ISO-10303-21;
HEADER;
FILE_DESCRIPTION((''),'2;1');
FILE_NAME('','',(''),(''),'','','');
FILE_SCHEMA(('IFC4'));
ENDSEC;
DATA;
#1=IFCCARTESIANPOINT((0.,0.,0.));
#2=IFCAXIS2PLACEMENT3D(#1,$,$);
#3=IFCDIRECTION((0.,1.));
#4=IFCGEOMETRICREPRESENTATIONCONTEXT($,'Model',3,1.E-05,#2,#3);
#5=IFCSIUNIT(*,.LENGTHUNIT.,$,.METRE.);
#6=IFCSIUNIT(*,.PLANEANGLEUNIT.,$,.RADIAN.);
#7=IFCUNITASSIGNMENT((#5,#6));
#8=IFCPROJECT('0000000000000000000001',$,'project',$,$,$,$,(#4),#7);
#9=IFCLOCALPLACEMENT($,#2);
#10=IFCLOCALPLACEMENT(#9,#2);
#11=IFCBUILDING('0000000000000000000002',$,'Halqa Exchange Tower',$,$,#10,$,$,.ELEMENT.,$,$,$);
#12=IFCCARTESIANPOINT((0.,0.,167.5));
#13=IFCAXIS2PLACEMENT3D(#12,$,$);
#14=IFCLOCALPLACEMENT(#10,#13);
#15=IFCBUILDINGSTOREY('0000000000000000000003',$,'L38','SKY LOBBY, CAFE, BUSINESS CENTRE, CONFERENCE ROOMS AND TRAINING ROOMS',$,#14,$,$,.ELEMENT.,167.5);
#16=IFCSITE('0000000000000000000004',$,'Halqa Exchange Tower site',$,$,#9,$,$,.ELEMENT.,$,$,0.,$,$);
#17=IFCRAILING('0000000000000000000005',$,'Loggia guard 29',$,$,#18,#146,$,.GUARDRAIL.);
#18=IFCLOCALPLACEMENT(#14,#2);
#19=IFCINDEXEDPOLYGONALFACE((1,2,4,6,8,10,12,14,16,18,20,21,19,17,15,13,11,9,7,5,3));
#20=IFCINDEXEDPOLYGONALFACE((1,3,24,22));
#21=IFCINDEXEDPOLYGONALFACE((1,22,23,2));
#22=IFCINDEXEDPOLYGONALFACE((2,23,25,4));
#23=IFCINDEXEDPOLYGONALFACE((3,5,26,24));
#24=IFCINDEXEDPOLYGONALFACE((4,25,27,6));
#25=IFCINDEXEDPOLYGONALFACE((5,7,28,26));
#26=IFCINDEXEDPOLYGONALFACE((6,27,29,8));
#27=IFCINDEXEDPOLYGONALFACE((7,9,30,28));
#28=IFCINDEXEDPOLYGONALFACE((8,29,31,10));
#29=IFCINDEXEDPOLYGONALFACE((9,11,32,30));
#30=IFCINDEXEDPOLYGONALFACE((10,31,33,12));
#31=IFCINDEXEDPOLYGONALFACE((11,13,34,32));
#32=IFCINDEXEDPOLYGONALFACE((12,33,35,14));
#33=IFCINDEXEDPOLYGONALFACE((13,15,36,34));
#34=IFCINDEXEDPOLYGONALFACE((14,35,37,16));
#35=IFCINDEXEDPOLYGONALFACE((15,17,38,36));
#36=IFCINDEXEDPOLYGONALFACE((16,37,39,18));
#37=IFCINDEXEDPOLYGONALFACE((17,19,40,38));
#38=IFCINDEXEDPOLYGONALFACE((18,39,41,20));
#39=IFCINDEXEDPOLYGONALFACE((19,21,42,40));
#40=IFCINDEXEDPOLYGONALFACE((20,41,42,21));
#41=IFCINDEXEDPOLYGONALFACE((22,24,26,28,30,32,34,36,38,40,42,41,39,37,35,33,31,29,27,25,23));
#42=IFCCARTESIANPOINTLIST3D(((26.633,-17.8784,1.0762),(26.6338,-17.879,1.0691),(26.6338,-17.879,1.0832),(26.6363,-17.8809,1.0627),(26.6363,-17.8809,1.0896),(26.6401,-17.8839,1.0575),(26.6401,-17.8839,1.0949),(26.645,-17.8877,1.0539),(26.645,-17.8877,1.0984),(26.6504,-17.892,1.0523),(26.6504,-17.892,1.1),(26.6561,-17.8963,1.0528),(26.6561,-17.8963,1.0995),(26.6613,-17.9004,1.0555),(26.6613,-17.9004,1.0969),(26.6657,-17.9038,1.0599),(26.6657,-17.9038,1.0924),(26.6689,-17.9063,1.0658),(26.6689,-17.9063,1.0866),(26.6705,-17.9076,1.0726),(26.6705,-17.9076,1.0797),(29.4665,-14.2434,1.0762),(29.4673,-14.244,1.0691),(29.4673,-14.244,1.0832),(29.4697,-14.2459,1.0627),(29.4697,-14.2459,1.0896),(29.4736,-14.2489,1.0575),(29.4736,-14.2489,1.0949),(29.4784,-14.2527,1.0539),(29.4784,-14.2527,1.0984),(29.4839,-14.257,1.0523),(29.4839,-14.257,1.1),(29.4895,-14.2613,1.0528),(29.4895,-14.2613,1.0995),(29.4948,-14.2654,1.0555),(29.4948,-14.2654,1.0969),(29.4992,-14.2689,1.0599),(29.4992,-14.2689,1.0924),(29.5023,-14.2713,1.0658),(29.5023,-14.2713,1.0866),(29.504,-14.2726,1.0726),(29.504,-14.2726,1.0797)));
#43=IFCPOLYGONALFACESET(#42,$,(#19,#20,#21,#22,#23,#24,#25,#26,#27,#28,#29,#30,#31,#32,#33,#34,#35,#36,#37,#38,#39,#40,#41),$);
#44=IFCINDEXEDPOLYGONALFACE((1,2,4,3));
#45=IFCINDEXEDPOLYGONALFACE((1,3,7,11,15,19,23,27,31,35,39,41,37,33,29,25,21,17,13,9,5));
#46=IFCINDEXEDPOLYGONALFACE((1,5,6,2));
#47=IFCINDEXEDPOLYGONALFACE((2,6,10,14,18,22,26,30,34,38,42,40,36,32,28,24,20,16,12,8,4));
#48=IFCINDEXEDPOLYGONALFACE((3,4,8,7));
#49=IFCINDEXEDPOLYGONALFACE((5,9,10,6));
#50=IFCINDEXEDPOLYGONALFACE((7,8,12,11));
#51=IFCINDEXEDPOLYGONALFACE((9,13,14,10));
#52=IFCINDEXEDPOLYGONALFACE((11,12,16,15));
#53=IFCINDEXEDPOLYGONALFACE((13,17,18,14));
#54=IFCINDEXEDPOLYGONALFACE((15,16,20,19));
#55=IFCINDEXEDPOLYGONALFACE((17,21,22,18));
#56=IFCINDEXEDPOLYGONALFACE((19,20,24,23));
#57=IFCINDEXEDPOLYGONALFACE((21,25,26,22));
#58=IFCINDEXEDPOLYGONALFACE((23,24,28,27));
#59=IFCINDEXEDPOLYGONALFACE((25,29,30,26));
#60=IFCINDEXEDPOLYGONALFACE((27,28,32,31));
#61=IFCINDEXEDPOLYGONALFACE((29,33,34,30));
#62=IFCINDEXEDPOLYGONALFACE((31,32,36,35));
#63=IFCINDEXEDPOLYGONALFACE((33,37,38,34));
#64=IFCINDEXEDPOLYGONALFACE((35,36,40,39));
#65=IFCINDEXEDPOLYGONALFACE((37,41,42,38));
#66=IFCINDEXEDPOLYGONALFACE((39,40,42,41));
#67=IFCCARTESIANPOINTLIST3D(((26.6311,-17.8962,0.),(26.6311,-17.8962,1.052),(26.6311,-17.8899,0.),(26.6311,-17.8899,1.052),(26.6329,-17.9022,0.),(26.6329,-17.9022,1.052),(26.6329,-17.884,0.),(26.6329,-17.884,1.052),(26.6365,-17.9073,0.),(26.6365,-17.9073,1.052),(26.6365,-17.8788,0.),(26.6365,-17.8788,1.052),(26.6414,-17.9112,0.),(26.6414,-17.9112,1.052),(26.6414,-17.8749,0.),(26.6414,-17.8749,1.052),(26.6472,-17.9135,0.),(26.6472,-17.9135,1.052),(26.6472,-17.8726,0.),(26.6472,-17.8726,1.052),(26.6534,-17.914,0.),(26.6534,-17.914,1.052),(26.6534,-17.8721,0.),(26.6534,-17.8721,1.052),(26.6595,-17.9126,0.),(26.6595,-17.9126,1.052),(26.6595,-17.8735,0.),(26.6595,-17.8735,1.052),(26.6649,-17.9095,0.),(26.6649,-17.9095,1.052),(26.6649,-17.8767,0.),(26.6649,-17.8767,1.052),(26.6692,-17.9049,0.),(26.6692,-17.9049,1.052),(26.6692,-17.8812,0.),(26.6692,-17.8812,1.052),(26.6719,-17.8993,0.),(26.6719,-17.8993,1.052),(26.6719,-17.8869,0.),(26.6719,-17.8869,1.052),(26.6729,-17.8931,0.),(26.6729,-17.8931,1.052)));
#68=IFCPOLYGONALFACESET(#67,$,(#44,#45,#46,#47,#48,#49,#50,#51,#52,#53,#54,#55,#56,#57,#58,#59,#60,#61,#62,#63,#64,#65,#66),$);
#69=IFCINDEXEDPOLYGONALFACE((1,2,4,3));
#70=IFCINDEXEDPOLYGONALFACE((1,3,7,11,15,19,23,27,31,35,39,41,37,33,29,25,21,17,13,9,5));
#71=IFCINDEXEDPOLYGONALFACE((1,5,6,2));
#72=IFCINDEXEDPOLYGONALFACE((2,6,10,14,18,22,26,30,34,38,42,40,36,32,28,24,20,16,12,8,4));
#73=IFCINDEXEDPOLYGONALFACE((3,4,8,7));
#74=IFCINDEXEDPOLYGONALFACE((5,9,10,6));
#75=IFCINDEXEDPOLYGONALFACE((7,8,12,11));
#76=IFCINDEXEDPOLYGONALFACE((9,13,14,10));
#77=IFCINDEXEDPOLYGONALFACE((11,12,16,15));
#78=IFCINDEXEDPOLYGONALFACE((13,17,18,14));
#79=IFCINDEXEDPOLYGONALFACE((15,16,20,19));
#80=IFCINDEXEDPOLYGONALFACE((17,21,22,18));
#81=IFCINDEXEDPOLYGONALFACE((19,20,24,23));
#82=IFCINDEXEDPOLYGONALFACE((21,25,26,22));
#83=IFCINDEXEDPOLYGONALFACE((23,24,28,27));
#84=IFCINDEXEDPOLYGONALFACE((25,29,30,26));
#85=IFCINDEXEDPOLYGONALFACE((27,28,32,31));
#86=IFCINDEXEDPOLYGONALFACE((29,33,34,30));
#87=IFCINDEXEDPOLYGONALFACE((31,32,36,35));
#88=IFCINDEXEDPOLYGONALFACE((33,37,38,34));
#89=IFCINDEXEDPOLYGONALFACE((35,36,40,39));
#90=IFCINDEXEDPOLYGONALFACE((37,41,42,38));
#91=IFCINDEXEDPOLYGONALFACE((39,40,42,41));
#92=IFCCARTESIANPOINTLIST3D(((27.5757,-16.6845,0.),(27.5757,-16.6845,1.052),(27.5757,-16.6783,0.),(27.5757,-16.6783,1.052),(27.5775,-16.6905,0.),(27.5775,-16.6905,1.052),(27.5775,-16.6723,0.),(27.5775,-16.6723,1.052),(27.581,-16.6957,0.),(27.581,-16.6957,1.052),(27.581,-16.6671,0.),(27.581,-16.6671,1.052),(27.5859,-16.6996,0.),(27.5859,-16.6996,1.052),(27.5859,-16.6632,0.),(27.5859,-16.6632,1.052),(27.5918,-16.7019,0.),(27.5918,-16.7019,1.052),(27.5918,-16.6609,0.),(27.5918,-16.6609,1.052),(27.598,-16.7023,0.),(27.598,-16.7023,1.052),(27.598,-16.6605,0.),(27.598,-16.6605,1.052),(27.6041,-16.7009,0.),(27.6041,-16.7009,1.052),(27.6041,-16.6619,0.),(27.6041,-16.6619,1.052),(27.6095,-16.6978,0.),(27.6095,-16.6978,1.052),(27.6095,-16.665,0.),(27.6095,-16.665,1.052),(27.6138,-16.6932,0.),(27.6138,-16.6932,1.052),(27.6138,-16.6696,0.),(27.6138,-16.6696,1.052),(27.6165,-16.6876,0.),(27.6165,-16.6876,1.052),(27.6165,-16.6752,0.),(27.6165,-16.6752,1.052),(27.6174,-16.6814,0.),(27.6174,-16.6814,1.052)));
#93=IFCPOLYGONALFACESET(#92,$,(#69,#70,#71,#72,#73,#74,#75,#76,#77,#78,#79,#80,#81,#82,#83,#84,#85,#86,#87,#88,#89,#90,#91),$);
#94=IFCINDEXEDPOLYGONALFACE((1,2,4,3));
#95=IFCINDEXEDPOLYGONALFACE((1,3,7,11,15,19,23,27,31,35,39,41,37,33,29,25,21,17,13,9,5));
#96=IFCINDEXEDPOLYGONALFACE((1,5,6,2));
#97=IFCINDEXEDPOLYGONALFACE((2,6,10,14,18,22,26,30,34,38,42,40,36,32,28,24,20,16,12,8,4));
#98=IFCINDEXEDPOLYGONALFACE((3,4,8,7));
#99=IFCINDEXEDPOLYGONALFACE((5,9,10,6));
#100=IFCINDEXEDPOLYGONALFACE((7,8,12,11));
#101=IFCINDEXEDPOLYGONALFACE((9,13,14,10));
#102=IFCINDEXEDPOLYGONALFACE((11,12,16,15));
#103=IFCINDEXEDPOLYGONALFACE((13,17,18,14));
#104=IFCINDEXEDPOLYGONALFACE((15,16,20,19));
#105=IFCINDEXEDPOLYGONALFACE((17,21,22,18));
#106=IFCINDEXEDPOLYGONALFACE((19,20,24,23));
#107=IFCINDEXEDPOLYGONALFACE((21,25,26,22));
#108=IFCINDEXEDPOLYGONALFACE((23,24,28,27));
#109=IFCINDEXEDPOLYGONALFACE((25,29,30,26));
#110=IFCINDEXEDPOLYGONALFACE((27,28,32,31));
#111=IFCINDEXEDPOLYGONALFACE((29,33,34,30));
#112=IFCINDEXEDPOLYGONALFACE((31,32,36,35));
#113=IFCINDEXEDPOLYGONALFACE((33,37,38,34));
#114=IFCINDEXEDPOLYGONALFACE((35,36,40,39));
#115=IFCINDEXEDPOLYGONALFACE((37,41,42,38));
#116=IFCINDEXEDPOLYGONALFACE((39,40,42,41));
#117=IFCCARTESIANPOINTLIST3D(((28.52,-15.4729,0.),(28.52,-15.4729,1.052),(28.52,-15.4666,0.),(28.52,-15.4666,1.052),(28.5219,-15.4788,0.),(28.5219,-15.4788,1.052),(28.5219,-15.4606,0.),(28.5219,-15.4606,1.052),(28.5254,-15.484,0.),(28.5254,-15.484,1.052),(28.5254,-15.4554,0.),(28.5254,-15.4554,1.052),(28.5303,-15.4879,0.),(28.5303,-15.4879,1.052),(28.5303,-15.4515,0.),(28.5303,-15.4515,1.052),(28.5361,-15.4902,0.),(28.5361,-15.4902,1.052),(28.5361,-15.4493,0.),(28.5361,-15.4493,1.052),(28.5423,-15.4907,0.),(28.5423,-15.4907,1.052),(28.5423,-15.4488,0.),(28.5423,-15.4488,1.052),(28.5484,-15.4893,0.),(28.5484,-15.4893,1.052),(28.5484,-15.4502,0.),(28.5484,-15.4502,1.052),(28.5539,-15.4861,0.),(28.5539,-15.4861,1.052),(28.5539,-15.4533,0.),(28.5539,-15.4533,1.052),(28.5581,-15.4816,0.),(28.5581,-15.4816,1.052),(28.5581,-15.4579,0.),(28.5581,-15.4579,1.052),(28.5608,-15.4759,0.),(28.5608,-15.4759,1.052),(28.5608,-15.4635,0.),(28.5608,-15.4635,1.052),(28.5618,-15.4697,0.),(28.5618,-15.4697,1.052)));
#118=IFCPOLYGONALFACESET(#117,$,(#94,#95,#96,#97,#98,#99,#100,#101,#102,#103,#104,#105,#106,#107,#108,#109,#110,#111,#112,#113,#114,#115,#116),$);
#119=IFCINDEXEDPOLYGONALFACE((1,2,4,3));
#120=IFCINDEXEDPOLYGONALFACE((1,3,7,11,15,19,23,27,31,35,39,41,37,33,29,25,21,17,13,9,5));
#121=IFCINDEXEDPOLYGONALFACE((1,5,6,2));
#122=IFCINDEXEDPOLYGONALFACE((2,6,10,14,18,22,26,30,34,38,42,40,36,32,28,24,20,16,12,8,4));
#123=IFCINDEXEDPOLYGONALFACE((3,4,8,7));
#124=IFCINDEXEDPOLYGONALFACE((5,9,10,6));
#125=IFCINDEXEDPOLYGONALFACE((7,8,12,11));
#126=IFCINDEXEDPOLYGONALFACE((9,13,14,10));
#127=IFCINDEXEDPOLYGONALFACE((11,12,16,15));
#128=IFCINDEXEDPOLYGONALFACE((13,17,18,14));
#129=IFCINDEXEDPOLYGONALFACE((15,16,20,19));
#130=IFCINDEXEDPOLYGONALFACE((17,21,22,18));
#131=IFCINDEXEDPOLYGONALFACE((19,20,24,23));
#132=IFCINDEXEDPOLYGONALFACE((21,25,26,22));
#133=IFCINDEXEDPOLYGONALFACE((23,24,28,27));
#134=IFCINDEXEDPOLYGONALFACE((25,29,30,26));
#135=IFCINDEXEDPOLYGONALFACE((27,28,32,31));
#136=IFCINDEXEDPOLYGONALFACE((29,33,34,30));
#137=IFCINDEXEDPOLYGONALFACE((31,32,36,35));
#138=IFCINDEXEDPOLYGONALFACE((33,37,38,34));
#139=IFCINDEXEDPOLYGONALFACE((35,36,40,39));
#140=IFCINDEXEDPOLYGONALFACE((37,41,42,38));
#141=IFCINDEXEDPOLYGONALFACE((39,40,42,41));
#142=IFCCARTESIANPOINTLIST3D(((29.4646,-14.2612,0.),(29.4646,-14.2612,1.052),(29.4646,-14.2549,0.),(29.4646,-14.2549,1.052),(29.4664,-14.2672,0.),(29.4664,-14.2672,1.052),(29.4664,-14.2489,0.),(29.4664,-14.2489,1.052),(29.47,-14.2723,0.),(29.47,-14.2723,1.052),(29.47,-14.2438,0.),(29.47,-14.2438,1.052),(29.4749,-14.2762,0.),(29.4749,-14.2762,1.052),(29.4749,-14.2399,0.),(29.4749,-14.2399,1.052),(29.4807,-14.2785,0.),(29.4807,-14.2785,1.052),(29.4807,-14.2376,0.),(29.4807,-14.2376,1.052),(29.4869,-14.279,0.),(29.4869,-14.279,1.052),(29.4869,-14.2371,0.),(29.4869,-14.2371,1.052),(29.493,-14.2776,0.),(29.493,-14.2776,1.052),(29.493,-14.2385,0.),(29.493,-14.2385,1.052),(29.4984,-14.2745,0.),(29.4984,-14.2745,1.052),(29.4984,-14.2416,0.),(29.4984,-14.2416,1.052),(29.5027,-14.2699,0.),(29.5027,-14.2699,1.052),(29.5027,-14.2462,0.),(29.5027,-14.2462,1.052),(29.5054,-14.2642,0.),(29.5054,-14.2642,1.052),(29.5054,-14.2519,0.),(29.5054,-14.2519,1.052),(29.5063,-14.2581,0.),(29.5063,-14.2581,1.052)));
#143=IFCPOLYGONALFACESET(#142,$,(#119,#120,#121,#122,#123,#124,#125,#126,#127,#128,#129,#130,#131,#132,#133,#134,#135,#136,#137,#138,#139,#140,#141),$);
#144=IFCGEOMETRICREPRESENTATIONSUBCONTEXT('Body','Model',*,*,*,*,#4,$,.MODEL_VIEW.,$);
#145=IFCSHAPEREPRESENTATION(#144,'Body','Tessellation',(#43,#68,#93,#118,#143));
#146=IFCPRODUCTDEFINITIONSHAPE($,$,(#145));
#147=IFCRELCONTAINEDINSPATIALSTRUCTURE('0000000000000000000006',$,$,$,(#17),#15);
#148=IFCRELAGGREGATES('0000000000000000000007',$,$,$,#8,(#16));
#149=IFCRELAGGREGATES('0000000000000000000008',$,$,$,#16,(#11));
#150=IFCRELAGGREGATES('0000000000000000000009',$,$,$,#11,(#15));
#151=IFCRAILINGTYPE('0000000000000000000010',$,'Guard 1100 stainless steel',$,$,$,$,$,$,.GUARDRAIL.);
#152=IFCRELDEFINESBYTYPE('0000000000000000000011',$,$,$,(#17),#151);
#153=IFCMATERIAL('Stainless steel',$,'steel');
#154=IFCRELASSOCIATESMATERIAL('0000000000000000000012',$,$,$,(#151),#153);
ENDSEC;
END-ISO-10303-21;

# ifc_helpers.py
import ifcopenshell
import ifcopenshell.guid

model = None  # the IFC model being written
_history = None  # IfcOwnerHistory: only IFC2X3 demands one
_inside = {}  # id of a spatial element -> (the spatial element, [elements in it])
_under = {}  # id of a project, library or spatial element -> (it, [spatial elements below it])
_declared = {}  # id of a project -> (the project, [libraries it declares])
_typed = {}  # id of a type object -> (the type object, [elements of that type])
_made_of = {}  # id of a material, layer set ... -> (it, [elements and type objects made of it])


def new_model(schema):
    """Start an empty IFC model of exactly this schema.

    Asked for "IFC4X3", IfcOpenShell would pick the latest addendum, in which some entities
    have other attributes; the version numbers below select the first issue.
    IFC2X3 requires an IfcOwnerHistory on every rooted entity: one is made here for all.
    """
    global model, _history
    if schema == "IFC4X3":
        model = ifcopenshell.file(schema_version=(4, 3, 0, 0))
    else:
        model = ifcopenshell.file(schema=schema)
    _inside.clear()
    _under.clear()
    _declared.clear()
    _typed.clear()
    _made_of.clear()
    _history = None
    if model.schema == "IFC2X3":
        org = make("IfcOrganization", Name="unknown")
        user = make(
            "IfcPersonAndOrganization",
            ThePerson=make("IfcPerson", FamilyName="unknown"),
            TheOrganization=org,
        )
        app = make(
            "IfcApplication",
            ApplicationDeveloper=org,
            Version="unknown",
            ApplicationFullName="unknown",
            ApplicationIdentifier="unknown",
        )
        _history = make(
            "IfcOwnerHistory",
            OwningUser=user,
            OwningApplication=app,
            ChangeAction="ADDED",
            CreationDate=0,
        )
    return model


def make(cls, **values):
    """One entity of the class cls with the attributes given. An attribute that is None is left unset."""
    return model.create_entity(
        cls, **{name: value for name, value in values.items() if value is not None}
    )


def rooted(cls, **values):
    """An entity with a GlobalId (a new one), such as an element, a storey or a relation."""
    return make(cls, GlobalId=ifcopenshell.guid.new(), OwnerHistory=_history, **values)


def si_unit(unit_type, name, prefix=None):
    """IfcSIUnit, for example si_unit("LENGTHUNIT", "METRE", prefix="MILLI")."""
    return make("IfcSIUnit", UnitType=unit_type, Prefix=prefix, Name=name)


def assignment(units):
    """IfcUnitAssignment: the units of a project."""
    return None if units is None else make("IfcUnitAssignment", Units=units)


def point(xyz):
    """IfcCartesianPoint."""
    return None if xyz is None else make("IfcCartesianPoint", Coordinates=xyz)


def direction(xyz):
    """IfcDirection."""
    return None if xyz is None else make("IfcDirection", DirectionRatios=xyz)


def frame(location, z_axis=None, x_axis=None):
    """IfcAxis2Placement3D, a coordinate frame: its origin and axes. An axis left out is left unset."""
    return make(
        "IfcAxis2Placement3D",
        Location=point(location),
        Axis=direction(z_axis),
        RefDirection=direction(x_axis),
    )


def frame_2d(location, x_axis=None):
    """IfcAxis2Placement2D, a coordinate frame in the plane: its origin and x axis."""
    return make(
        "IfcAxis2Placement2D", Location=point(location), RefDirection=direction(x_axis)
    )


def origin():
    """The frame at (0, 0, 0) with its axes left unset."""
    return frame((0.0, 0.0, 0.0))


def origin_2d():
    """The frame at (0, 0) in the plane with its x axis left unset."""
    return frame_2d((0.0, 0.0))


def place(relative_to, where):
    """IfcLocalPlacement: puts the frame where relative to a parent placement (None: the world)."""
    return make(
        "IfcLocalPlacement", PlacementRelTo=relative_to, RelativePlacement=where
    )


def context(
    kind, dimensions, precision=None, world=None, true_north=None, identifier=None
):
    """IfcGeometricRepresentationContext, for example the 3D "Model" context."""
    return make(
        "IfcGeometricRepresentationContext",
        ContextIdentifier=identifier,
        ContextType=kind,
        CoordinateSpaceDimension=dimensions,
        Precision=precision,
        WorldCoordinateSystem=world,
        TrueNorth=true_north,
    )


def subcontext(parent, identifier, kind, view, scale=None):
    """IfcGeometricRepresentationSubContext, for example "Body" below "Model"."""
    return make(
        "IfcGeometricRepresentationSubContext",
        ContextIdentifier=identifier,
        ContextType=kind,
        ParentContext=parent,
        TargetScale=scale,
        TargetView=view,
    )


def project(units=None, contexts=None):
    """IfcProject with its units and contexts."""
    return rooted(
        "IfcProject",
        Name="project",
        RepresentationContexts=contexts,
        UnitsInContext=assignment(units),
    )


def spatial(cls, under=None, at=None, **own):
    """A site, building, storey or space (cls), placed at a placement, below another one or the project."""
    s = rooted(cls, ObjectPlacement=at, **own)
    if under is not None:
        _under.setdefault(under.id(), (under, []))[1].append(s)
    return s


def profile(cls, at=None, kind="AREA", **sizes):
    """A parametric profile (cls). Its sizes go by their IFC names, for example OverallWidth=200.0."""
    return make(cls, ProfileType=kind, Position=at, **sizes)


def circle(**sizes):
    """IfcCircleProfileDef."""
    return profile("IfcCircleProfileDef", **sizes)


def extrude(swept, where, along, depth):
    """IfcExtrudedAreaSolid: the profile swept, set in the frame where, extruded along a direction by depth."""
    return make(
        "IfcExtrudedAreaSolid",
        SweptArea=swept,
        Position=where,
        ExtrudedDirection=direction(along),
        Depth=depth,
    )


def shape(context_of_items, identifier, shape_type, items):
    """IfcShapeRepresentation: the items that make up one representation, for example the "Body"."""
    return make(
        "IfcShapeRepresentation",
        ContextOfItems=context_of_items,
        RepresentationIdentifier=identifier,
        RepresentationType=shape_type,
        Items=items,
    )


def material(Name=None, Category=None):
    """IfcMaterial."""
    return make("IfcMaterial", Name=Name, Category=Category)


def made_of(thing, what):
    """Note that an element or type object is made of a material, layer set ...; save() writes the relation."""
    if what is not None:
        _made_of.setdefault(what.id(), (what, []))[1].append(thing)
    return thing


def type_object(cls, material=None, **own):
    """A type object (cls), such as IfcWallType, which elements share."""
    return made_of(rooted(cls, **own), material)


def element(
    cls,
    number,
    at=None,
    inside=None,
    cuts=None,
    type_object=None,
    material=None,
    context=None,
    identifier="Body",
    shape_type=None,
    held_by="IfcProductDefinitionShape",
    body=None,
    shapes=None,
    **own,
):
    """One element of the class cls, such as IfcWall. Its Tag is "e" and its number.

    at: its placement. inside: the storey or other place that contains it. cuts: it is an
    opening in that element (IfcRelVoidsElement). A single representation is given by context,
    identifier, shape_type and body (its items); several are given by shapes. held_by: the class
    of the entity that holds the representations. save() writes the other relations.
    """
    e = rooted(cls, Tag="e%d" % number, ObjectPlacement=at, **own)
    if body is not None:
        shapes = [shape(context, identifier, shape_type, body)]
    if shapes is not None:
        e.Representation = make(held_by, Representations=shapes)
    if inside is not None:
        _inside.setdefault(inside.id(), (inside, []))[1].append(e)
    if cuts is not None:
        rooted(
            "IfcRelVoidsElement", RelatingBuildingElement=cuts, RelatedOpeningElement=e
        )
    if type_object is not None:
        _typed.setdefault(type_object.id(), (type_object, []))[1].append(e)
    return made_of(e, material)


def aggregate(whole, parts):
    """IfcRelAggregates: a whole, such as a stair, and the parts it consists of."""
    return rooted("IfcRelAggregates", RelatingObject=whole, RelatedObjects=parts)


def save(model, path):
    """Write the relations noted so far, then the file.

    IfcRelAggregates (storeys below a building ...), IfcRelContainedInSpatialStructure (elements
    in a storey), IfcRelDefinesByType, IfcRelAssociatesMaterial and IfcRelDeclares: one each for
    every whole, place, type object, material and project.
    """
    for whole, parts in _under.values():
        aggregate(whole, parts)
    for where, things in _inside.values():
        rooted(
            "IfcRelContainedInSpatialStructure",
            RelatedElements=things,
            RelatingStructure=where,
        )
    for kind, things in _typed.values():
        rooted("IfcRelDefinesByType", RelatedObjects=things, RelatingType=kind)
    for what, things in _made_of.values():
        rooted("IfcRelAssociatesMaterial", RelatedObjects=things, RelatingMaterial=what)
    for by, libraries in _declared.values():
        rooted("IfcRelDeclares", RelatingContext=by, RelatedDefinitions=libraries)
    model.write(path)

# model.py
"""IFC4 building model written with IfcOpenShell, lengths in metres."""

from ifc_helpers import new_model, si_unit, direction, frame, origin, origin_2d, place, context, subcontext, project, spatial, circle, extrude, material, type_object, element, save


model = new_model("IFC4")

# Units and contexts
model_context = context("Model", 3, precision=1e-05, world=origin(), true_north=direction((0.0, 1.0)))
body_context = subcontext(model_context, "Body", "Model", "MODEL_VIEW")
ifc_project = project(units=[si_unit("LENGTHUNIT", "METRE"), si_unit("PLANEANGLEUNIT", "RADIAN")], contexts=[model_context])

# Site, building, storey
site_placement = place(None, origin())
site = spatial("IfcSite", under=ifc_project, at=site_placement, Name="Halqa Exchange Tower site", CompositionType="ELEMENT", RefElevation=0.0)
building_placement = place(site_placement, origin())
building = spatial("IfcBuilding", under=site, at=building_placement, Name="Halqa Exchange Tower", CompositionType="ELEMENT")
storey_placement = place(building_placement, frame((0.0, 0.0, 167.5)))
storey = spatial("IfcBuildingStorey", under=building, at=storey_placement, Name="L38", Description="SKY LOBBY, CAFE, BUSINESS CENTRE, CONFERENCE ROOMS AND TRAINING ROOMS", CompositionType="ELEMENT", Elevation=167.5)

# Railing
ifc_material_1 = material(Name="Stainless steel", Category="steel")
railing_type = type_object("IfcRailingType", Name="Guard 1100 stainless steel", PredefinedType="GUARDRAIL", material=ifc_material_1)
railing_1_placement = place(storey_placement, frame((26.6519, -17.8931, 0.0)))
element("IfcRailing", 1, at=railing_1_placement, inside=storey, type_object=railing_type, Name="Loggia guard 29", PredefinedType="GUARDRAIL", context=body_context, shape_type="SweptSolid", body=[
    extrude(circle(Radius=0.0239, at=origin_2d()), frame((0.0, 0.0, 1.0762), z_axis=(0.614787, 0.788693, 0.0), x_axis=(-0.788693, 0.614787, 0.0)), (0.0, 0.0, 1.0), 4.6089),
    extrude(circle(Radius=0.021, at=origin_2d()), origin(), (0.0, 0.0, 1.0), 1.052),
    extrude(circle(Radius=0.021, at=origin_2d()), frame((0.9446, 1.2117, 0.0)), (0.0, 0.0, 1.0), 1.052),
    extrude(circle(Radius=0.021, at=origin_2d()), frame((1.8889, 2.4233, 0.0)), (0.0, 0.0, 1.0), 1.052),
    extrude(circle(Radius=0.021, at=origin_2d()), frame((2.8335, 3.635, 0.0)), (0.0, 0.0, 1.0), 1.052),
])

save(model, "model.ifc")
